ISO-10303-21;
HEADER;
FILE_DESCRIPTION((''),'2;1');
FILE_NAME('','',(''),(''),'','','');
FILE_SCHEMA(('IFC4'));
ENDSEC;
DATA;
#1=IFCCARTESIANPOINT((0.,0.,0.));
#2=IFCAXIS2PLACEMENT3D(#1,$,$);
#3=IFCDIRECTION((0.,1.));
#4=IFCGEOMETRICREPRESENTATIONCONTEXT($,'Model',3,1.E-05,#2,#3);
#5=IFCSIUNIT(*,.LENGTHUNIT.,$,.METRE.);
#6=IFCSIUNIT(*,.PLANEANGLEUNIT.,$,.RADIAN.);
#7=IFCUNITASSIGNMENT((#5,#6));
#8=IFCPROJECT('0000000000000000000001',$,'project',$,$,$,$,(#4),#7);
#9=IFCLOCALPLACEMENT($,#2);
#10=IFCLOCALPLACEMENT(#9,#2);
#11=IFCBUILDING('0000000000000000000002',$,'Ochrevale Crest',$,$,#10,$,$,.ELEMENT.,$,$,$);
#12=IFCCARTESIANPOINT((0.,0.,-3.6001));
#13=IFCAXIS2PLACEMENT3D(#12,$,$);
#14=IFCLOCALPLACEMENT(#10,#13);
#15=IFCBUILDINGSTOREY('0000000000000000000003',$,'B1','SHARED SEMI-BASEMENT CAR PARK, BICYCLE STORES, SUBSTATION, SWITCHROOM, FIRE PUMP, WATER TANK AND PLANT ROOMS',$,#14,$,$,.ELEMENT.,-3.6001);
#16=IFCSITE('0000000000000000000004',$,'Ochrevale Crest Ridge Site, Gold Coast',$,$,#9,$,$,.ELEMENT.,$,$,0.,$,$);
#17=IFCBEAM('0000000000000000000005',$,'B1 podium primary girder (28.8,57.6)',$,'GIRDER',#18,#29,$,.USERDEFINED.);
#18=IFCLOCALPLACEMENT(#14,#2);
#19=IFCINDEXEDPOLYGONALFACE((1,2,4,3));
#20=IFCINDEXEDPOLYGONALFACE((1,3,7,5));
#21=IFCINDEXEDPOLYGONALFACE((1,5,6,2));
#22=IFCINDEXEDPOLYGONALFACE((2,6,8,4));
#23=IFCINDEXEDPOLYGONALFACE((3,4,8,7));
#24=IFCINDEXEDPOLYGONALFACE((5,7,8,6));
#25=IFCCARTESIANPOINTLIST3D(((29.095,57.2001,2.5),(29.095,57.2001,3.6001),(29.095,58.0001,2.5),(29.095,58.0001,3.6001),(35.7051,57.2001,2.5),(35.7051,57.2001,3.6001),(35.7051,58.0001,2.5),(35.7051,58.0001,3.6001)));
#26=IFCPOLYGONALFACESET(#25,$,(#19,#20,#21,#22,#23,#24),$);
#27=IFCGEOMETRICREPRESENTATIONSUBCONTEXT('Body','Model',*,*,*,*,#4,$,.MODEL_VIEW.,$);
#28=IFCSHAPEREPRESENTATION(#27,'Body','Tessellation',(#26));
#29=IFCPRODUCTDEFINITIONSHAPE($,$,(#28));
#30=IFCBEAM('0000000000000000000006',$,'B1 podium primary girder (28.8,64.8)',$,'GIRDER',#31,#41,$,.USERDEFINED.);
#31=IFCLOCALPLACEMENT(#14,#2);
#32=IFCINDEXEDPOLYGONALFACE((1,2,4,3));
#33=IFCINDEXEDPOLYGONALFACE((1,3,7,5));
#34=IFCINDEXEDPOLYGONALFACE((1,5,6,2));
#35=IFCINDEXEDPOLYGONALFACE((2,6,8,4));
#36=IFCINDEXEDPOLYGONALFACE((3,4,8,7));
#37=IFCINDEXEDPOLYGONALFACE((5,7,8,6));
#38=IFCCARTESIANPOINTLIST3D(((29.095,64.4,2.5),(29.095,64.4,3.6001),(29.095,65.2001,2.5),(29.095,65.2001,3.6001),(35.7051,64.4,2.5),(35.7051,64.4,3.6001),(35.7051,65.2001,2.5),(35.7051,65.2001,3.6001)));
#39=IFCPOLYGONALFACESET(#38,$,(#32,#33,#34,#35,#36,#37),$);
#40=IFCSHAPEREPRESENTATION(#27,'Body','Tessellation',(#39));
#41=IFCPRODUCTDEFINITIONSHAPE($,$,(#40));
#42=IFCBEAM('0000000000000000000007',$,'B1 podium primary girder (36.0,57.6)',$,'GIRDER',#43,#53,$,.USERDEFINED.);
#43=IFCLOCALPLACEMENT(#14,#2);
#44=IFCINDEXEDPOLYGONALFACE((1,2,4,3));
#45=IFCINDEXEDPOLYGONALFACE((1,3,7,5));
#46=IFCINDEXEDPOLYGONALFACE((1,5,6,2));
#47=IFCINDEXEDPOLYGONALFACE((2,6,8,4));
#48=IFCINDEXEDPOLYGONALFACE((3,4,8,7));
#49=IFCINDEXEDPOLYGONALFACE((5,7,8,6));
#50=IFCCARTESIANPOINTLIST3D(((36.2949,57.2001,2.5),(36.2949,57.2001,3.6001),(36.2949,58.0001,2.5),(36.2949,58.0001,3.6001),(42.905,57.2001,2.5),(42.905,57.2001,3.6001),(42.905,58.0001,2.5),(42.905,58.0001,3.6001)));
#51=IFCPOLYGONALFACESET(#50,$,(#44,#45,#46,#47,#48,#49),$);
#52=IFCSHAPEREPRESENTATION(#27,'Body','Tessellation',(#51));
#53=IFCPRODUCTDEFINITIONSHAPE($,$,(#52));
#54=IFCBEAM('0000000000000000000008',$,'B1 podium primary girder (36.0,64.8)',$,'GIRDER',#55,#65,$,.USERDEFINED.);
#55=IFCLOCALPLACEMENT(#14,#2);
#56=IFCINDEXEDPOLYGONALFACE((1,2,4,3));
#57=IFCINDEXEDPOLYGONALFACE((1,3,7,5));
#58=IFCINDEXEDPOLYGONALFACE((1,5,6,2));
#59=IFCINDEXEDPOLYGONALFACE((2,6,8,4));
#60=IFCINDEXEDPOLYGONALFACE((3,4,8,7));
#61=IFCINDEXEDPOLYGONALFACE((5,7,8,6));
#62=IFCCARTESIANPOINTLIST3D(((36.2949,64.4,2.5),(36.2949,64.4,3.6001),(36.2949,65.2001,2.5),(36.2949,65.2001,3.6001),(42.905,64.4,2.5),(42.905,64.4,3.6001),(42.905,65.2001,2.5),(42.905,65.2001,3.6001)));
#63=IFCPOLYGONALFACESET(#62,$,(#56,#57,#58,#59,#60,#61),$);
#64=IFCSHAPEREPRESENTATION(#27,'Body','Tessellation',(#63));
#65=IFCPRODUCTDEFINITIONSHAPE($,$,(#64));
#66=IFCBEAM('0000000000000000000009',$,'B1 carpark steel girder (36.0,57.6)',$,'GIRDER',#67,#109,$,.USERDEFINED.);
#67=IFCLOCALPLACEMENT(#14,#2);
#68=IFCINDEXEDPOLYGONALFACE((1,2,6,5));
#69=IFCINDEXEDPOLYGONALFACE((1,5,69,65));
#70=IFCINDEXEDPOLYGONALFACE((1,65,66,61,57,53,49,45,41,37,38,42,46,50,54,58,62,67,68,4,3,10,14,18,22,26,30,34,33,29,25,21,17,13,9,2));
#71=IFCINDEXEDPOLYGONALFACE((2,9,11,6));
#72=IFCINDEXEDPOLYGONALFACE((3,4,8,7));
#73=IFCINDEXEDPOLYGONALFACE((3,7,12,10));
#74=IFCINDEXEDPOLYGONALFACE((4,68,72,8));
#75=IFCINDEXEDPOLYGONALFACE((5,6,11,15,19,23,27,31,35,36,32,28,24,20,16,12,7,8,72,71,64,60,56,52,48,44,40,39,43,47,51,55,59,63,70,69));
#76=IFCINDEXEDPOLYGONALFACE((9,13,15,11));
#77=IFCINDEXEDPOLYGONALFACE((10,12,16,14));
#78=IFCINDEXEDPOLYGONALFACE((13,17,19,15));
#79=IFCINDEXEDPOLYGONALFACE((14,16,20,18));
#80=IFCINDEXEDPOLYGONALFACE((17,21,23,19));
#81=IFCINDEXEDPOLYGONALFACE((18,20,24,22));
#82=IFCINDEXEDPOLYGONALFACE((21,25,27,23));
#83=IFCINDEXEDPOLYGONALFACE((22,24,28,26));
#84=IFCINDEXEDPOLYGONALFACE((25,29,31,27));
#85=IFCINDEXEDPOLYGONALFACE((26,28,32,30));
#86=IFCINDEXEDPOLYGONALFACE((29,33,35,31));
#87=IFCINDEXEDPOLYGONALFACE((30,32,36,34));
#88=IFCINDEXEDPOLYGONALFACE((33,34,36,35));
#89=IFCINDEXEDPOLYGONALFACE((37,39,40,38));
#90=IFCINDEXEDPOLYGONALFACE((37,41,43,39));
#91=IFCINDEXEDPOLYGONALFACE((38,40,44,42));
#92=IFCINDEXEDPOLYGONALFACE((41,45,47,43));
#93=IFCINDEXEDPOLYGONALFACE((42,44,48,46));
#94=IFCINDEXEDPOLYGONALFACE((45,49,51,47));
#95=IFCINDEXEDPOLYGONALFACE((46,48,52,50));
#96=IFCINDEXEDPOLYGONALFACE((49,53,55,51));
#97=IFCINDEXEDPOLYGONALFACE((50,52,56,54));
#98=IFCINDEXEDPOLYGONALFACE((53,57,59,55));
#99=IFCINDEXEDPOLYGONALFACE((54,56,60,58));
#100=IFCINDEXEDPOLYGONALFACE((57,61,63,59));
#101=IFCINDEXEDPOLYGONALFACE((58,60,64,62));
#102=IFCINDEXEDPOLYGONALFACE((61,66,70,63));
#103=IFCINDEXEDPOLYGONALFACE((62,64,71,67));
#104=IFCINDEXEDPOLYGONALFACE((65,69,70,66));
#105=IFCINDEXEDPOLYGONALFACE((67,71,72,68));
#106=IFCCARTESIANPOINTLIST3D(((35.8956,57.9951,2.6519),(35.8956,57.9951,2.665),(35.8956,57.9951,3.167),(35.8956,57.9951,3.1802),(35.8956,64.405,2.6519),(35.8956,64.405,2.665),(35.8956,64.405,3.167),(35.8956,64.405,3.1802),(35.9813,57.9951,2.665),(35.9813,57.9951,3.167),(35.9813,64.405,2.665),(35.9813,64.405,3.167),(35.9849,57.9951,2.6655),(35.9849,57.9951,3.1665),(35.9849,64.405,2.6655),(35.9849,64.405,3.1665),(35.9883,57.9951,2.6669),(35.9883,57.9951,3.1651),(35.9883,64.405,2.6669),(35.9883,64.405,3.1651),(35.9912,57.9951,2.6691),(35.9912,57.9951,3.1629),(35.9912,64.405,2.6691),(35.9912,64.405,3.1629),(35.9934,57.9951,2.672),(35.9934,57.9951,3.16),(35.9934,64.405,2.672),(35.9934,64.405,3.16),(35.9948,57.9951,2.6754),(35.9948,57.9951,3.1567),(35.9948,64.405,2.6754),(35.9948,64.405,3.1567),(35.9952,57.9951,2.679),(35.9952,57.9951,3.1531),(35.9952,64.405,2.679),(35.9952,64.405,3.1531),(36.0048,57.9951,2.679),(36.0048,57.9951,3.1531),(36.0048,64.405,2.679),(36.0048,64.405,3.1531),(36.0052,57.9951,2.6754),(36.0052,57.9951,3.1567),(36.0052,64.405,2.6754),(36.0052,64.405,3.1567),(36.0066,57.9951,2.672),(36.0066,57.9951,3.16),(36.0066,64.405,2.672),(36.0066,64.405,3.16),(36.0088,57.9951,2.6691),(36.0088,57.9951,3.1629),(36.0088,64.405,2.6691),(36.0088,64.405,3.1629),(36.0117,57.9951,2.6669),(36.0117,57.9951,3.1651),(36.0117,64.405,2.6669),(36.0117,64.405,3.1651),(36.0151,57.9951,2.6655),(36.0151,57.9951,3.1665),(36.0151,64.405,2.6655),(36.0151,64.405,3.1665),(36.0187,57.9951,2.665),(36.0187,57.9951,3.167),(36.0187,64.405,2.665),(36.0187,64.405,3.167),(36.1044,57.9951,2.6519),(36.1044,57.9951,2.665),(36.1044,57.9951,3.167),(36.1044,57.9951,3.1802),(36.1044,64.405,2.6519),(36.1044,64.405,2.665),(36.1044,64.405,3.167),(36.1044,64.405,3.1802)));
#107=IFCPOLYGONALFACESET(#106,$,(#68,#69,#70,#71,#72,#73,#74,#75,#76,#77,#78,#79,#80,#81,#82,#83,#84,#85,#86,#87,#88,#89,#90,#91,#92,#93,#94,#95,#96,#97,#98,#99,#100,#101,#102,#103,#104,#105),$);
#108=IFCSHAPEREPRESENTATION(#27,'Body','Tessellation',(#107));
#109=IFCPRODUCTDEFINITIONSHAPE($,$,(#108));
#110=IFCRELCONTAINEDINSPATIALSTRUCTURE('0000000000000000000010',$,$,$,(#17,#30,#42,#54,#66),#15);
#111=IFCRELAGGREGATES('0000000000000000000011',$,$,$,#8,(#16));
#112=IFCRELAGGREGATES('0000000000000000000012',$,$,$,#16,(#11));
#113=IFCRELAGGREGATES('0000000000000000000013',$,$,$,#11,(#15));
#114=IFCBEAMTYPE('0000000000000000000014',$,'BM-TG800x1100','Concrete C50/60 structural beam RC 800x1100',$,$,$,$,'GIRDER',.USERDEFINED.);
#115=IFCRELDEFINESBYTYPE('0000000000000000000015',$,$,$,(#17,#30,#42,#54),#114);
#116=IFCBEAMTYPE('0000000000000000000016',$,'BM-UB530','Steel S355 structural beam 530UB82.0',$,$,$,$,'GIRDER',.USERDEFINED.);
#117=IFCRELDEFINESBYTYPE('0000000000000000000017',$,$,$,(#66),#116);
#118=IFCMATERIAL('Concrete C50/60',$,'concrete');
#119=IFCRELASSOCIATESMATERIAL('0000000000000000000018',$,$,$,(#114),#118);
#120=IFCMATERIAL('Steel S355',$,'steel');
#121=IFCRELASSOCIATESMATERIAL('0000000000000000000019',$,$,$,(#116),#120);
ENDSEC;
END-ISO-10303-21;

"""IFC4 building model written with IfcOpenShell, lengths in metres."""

from ifc_helpers import new_model, si_unit, direction, frame, origin, origin_2d, place, context, subcontext, project, spatial, rectangle, i_section, extrude, material, material_profile, profile_set, type_object, element, save


model = new_model("IFC4")

# Units and contexts
model_context = context("Model", 3, precision=1e-05, world=origin(), true_north=direction((0.0, 1.0)))
body_context = subcontext(model_context, "Body", "Model", "MODEL_VIEW")
ifc_project = project(units=[si_unit("LENGTHUNIT", "METRE"), si_unit("PLANEANGLEUNIT", "RADIAN")], contexts=[model_context])

# Site, building, storey
site_placement = place(None, origin())
site = spatial("IfcSite", under=ifc_project, at=site_placement, Name="Ochrevale Crest Ridge Site, Gold Coast", CompositionType="ELEMENT", RefElevation=0.0)
building_placement = place(site_placement, origin())
building = spatial("IfcBuilding", under=site, at=building_placement, Name="Ochrevale Crest", CompositionType="ELEMENT")
storey_placement = place(building_placement, frame((0.0, 0.0, -3.6001)))
storey = spatial("IfcBuildingStorey", under=building, at=storey_placement, Name="B1", Description="SHARED SEMI-BASEMENT CAR PARK, BICYCLE STORES, SUBSTATION, SWITCHROOM, FIRE PUMP, WATER TANK AND PLANT ROOMS", CompositionType="ELEMENT", Elevation=-3.6001)

# Shared definitions
ifc_material_1 = material(Name="Concrete C50/60", Category="concrete")

# Beams
ifc_material_profile_1 = material_profile(ifc_material_1, rectangle(XDim=0.8, YDim=1.1001, at=origin_2d()), Name="RC 800x1100")
ifc_profile_set_1 = profile_set([ifc_material_profile_1], Name="Concrete C50/60")
beam_type_1 = type_object("IfcBeamType", Name="BM-TG800x1100", Description="Concrete C50/60 structural beam RC 800x1100", ElementType="GIRDER", PredefinedType="USERDEFINED", material=ifc_profile_set_1)
for number, where, z_axis, x_axis, name in (
    (1, (29.095, 57.6001, 3.05), (1.0, 0.0, 0.0), (0.0, 1.0, 0.0), "B1 podium primary girder (28.8,57.6)"),
    (2, (29.095, 64.8, 3.05), (1.0, 0.0, 0.0), (0.0, 1.0, 0.0), "B1 podium primary girder (28.8,64.8)"),
    (3, (36.2949, 57.6001, 3.05), (1.0, 0.0, 0.0), (0.0, 1.0, 0.0), "B1 podium primary girder (36.0,57.6)"),
    (4, (36.2949, 64.8, 3.05), (1.0, 0.0, 0.0), (0.0, 1.0, 0.0), "B1 podium primary girder (36.0,64.8)"),
):
    element("IfcBeam", number, at=place(storey_placement, frame(where, z_axis=z_axis, x_axis=x_axis)), inside=storey, type_object=beam_type_1, Name=name, ObjectType="GIRDER", PredefinedType="USERDEFINED", context=body_context, shape_type="SweptSolid", body=[
        extrude(rectangle(XDim=0.8, YDim=1.1001, at=origin_2d()), origin(), (0.0, 0.0, 1.0), 6.6101),
    ])
ifc_material_2 = material(Name="Steel S355", Category="steel")
ifc_material_profile_2 = material_profile(ifc_material_2, i_section(OverallWidth=0.2087, OverallDepth=0.5283, WebThickness=0.0095, FlangeThickness=0.0132, FilletRadius=0.0139, at=origin_2d()), Name="530UB82.0")
ifc_profile_set_2 = profile_set([ifc_material_profile_2], Name="Steel S355")
beam_type_2 = type_object("IfcBeamType", Name="BM-UB530", Description="Steel S355 structural beam 530UB82.0", ElementType="GIRDER", PredefinedType="USERDEFINED", material=ifc_profile_set_2)
beam_placement = place(storey_placement, frame((36.0, 57.9951, 2.916), z_axis=(0.0, 1.0, 0.0), x_axis=(-1.0, 0.0, 0.0)))
element("IfcBeam", 5, at=beam_placement, inside=storey, type_object=beam_type_2, Name="B1 carpark steel girder (36.0,57.6)", ObjectType="GIRDER", PredefinedType="USERDEFINED", context=body_context, shape_type="SweptSolid", body=[
    extrude(i_section(OverallWidth=0.2087, OverallDepth=0.5283, WebThickness=0.0095, FlangeThickness=0.0132, FilletRadius=0.0139, at=origin_2d()), origin(), (0.0, 0.0, 1.0), 6.4099),
])

save(model, "model.ifc")
